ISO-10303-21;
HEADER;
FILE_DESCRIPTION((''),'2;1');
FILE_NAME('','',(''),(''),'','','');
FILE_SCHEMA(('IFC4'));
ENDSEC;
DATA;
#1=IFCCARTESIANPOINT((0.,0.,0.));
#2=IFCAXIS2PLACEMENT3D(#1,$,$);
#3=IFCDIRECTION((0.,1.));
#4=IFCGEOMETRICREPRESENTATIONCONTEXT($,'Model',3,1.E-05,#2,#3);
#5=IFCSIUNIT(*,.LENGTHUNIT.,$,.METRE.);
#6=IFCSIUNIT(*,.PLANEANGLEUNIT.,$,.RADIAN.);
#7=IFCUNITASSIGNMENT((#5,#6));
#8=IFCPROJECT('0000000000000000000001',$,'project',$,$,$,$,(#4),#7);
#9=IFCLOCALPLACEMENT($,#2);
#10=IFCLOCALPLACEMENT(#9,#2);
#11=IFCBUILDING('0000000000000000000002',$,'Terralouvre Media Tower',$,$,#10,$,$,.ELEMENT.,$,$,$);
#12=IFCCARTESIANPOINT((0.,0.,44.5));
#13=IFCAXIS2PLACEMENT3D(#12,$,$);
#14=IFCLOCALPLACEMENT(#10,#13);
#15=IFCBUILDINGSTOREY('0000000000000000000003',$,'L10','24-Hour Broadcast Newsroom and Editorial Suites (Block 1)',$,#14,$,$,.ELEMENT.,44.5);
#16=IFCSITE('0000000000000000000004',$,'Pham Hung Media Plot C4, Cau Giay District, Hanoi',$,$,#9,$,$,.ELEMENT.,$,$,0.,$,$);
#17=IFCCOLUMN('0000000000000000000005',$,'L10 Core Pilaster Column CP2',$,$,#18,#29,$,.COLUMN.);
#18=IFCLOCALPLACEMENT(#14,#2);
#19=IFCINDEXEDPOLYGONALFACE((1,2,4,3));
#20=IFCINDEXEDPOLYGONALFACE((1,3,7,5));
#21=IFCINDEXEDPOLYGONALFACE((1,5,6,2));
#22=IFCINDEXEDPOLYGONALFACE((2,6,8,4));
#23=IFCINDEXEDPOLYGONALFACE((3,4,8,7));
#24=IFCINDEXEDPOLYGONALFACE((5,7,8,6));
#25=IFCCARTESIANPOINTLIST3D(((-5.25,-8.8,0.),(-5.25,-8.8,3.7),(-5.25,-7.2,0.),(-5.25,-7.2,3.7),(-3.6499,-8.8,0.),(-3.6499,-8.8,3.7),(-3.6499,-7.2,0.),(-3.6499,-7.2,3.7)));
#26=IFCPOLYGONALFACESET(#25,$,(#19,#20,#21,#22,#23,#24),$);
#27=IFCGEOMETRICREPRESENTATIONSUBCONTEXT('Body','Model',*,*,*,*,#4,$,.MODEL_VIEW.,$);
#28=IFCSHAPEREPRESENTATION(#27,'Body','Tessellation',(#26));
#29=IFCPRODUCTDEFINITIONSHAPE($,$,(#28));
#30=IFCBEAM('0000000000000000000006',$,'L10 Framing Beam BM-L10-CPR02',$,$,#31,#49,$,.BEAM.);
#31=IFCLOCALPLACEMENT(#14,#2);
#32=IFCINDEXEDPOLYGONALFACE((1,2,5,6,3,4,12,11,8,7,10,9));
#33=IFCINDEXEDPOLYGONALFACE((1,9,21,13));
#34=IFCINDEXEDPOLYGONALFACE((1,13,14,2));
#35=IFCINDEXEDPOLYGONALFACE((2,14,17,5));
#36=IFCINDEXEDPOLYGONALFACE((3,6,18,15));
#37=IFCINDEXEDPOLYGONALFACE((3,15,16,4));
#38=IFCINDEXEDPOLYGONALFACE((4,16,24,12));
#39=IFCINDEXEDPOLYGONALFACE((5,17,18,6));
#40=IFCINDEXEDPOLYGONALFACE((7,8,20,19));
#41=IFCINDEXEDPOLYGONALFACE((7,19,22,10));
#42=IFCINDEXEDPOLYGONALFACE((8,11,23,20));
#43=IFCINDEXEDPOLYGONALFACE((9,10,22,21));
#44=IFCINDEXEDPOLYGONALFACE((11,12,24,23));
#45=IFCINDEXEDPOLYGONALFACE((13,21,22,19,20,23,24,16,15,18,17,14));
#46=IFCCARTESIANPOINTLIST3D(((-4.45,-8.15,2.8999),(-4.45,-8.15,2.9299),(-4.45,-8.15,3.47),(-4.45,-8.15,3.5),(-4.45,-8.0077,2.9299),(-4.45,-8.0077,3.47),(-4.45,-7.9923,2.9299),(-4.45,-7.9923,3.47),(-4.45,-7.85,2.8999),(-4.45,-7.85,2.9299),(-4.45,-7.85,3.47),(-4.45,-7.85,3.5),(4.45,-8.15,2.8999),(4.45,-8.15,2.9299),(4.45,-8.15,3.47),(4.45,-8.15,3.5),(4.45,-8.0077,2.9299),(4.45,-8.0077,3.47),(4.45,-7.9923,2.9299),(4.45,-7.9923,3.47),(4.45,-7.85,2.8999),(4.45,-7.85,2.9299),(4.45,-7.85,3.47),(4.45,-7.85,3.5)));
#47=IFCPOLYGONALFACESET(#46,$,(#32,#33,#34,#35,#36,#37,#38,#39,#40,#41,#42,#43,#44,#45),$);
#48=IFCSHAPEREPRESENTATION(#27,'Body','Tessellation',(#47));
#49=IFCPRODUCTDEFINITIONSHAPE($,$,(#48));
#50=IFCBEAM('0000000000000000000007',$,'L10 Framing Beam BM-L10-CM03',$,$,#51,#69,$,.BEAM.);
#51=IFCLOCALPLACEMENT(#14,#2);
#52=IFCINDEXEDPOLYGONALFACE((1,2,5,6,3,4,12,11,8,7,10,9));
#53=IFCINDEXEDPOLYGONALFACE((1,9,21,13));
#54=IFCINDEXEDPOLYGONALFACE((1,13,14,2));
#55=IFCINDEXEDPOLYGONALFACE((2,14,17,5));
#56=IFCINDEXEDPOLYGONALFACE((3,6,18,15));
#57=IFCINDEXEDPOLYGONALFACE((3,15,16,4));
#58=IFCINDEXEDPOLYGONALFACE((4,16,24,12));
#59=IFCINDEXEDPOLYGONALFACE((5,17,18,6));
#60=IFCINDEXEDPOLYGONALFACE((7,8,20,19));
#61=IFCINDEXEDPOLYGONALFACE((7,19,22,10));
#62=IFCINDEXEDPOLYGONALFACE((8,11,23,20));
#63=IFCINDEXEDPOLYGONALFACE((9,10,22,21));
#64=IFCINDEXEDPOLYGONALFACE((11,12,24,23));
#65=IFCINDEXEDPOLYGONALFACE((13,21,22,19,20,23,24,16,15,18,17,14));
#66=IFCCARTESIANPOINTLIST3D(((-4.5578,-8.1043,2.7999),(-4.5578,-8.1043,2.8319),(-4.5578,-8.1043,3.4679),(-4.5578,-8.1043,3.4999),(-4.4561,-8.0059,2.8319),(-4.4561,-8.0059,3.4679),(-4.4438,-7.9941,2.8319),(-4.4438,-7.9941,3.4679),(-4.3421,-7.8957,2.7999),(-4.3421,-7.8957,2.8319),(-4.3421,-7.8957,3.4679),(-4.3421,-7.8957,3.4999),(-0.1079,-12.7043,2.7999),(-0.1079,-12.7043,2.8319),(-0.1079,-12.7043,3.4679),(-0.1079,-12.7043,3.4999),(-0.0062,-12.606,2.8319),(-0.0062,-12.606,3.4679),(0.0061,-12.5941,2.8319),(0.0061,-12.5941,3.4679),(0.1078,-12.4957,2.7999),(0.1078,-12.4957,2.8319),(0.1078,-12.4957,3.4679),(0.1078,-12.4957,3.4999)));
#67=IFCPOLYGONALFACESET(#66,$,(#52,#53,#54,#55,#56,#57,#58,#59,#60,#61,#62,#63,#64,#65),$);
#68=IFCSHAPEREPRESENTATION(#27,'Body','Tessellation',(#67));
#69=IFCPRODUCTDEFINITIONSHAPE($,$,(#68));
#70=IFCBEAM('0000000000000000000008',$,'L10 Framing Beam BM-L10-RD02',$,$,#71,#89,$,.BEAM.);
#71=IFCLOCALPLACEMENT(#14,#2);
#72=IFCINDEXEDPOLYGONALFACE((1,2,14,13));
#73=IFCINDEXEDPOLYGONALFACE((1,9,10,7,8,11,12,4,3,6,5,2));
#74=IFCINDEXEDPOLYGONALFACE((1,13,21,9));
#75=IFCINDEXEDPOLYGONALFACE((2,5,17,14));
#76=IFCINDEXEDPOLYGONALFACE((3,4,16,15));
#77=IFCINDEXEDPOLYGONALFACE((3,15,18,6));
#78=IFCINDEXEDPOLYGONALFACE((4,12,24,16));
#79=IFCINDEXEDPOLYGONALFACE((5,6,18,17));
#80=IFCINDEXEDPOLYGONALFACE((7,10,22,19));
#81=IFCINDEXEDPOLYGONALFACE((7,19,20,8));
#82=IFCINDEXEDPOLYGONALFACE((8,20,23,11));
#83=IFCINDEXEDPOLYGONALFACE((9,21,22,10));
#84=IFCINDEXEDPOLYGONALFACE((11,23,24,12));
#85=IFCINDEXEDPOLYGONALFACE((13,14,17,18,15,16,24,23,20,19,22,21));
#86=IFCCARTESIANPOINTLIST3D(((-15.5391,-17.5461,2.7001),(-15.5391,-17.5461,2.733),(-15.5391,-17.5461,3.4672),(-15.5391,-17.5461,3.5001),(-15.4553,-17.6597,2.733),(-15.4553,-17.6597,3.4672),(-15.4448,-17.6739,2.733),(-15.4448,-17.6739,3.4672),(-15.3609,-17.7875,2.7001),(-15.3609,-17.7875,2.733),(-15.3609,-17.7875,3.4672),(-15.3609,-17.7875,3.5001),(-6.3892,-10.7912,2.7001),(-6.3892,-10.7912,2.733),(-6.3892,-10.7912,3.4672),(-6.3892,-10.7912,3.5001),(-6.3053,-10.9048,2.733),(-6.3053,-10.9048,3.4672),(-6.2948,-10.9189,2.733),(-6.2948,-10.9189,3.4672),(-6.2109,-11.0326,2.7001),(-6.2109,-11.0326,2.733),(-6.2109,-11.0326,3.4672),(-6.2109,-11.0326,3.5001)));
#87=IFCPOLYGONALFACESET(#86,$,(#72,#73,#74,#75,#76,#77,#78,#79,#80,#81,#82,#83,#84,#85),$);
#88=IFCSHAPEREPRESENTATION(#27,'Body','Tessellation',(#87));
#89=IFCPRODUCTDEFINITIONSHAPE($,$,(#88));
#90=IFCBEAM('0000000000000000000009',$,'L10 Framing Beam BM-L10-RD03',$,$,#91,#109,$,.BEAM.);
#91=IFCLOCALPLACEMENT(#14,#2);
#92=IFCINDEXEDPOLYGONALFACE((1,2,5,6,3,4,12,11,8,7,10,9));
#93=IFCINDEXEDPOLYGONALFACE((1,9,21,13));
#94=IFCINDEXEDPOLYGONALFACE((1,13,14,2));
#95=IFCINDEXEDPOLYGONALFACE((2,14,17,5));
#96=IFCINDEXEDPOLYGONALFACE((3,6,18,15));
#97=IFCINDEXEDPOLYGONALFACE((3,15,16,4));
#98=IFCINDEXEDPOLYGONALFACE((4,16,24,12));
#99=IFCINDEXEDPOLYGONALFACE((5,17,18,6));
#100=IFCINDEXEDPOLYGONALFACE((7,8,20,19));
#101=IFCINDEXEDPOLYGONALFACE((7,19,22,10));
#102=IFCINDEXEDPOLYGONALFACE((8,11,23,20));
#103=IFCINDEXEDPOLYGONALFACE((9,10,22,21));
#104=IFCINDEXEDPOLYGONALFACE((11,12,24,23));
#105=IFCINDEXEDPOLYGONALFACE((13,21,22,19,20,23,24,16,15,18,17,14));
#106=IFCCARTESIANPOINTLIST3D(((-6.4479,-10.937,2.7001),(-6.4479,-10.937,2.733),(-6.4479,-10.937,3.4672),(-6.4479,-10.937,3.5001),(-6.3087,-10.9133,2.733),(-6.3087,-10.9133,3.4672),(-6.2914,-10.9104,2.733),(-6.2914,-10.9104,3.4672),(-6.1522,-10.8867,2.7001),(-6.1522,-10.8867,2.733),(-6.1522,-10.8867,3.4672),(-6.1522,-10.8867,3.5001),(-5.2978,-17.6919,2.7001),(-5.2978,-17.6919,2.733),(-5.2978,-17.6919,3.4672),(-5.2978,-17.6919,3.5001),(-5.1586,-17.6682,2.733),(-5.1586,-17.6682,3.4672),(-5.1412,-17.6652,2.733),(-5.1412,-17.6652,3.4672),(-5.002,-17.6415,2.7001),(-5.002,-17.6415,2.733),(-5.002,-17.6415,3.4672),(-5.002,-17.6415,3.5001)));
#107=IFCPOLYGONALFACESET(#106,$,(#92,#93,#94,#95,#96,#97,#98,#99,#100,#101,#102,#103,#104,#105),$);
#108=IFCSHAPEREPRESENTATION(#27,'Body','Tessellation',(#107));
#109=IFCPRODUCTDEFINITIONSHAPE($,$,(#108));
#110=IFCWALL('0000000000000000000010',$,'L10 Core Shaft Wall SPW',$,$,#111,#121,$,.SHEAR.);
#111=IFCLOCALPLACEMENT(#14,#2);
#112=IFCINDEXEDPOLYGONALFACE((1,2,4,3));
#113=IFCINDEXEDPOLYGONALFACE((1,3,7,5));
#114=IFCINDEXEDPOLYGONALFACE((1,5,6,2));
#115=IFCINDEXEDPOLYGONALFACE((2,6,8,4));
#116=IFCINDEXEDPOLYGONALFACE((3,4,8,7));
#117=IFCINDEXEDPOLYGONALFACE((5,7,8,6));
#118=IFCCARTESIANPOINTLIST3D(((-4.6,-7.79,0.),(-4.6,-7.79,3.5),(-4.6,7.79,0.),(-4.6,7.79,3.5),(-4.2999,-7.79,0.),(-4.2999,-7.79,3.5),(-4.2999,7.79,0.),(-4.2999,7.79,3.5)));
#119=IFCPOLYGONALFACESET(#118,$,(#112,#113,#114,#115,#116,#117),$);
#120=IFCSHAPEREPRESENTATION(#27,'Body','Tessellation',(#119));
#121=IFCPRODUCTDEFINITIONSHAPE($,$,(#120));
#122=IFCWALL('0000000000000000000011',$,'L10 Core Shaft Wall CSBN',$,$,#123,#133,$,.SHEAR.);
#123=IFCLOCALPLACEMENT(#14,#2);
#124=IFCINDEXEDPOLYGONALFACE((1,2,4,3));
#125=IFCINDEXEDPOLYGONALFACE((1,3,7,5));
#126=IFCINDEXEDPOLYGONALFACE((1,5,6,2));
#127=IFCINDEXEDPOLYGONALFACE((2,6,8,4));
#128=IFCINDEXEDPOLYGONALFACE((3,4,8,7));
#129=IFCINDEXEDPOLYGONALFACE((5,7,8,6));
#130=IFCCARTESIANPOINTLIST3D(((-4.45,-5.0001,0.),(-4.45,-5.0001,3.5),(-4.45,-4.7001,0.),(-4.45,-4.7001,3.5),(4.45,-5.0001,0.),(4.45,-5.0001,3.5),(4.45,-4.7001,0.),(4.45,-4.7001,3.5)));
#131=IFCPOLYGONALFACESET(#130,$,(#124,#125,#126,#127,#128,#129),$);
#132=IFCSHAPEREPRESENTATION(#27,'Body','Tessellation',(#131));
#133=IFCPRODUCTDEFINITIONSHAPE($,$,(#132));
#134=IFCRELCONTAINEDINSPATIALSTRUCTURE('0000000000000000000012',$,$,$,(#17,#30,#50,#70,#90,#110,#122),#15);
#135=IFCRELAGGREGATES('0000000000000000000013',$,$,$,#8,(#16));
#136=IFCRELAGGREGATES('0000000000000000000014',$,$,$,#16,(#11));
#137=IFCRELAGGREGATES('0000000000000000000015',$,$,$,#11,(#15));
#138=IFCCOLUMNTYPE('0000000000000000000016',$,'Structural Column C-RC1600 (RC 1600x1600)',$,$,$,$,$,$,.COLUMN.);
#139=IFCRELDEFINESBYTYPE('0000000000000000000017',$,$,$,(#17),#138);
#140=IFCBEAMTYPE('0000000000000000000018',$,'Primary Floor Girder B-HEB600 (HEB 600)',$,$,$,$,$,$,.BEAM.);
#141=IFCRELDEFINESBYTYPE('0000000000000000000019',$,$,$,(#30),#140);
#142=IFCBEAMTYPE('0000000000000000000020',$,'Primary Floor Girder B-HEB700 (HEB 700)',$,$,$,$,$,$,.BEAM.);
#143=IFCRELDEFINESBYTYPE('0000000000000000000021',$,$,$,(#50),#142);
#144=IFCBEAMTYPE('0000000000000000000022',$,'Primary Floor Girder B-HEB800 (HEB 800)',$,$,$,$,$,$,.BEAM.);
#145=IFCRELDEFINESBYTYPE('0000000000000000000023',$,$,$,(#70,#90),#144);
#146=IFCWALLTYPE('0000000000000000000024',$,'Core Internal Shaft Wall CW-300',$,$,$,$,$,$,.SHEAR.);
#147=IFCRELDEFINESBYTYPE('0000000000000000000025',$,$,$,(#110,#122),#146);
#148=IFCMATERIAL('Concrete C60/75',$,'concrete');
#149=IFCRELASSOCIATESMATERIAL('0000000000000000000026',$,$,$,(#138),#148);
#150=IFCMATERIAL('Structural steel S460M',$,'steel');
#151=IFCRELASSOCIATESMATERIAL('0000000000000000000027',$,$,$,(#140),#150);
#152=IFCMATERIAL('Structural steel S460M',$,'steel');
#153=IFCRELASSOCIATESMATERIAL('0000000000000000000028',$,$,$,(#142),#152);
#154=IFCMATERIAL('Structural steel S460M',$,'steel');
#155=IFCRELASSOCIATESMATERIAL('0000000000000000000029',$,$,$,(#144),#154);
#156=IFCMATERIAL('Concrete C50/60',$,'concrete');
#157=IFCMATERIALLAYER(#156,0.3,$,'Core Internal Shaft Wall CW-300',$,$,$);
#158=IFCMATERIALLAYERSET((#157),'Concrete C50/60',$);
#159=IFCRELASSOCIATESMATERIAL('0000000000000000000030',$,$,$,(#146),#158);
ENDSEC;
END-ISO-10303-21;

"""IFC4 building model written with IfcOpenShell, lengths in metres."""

from ifc_helpers import new_model, si_unit, direction, frame, frame_2d, origin, origin_2d, place, context, subcontext, project, spatial, rectangle, i_section, extrude, material, layer, layer_set, material_profile, profile_set, type_object, element, save


model = new_model("IFC4")

# Units and contexts
model_context = context("Model", 3, precision=1e-05, world=origin(), true_north=direction((0.0, 1.0)))
body_context = subcontext(model_context, "Body", "Model", "MODEL_VIEW")
ifc_project = project(units=[si_unit("LENGTHUNIT", "METRE"), si_unit("PLANEANGLEUNIT", "RADIAN")], contexts=[model_context])

# Site, building, storey
site_placement = place(None, origin())
site = spatial("IfcSite", under=ifc_project, at=site_placement, Name="Pham Hung Media Plot C4, Cau Giay District, Hanoi", CompositionType="ELEMENT", RefElevation=0.0)
building_placement = place(site_placement, origin())
building = spatial("IfcBuilding", under=site, at=building_placement, Name="Terralouvre Media Tower", CompositionType="ELEMENT")
storey_placement = place(building_placement, frame((0.0, 0.0, 44.5)))
storey = spatial("IfcBuildingStorey", under=building, at=storey_placement, Name="L10", Description="24-Hour Broadcast Newsroom and Editorial Suites (Block 1)", CompositionType="ELEMENT", Elevation=44.5)

# Column
ifc_material_1 = material(Name="Concrete C60/75", Category="concrete")
ifc_material_profile_1 = material_profile(ifc_material_1, rectangle(XDim=1.6001, YDim=1.6001, at=origin_2d()), Name="RC 1600x1600")
ifc_profile_set_1 = profile_set([ifc_material_profile_1], Name="Concrete C60/75")
column_type = type_object("IfcColumnType", Name="Structural Column C-RC1600 (RC 1600x1600)", PredefinedType="COLUMN", material=ifc_profile_set_1)
column_placement = place(storey_placement, frame((-4.45, -8.0, 0.0), z_axis=(0.0, 0.0, 1.0), x_axis=(1.0, 0.0, 0.0)))
element("IfcColumn", 1, at=column_placement, inside=storey, type_object=column_type, Name="L10 Core Pilaster Column CP2", PredefinedType="COLUMN", context=body_context, shape_type="SweptSolid", body=[
    extrude(rectangle(XDim=1.6001, YDim=1.6001, at=origin_2d()), origin(), (0.0, 0.0, 1.0), 3.7),
])

# Beams
ifc_material_2 = material(Name="Structural steel S460M", Category="steel")
ifc_material_profile_2 = material_profile(ifc_material_2, i_section(OverallWidth=0.3, OverallDepth=0.6001, WebThickness=0.0154, FlangeThickness=0.03, at=origin_2d()), Name="HEB 600")
ifc_profile_set_2 = profile_set([ifc_material_profile_2], Name="Structural steel S460M")
beam_type_1 = type_object("IfcBeamType", Name="Primary Floor Girder B-HEB600 (HEB 600)", PredefinedType="BEAM", material=ifc_profile_set_2)
beam_1_placement = place(storey_placement, frame((-4.45, -8.0, 3.2), z_axis=(1.0, 0.0, 0.0), x_axis=(0.0, 1.0, 0.0)))
element("IfcBeam", 2, at=beam_1_placement, inside=storey, type_object=beam_type_1, Name="L10 Framing Beam BM-L10-CPR02", PredefinedType="BEAM", context=body_context, shape_type="SweptSolid", body=[
    extrude(i_section(OverallWidth=0.3, OverallDepth=0.6001, WebThickness=0.0154, FlangeThickness=0.03, at=origin_2d()), origin(), (0.0, 0.0, 1.0), 8.8999),
])
ifc_material_3 = material(Name="Structural steel S460M", Category="steel")
ifc_material_profile_3 = material_profile(ifc_material_3, i_section(OverallWidth=0.3, OverallDepth=0.7, WebThickness=0.0171, FlangeThickness=0.032, at=origin_2d()), Name="HEB 700")
ifc_profile_set_3 = profile_set([ifc_material_profile_3], Name="Structural steel S460M")
beam_type_2 = type_object("IfcBeamType", Name="Primary Floor Girder B-HEB700 (HEB 700)", PredefinedType="BEAM", material=ifc_profile_set_3)
beam_2_placement = place(storey_placement, frame((-4.45, -8.0, 3.1499), z_axis=(0.69528, -0.718739, 0.0), x_axis=(0.718739, 0.69528, 0.0)))
element("IfcBeam", 3, at=beam_2_placement, inside=storey, type_object=beam_type_2, Name="L10 Framing Beam BM-L10-CM03", PredefinedType="BEAM", context=body_context, shape_type="SweptSolid", body=[
    extrude(i_section(OverallWidth=0.3, OverallDepth=0.7, WebThickness=0.0171, FlangeThickness=0.032, at=origin_2d()), origin(), (0.0, 0.0, 1.0), 6.4001),
])
ifc_material_4 = material(Name="Structural steel S460M", Category="steel")
ifc_material_profile_4 = material_profile(ifc_material_4, i_section(OverallWidth=0.3, OverallDepth=0.8, WebThickness=0.0176, FlangeThickness=0.033, at=origin_2d()), Name="HEB 800")
ifc_profile_set_4 = profile_set([ifc_material_profile_4], Name="Structural steel S460M")
beam_type_3 = type_object("IfcBeamType", Name="Primary Floor Girder B-HEB800 (HEB 800)", PredefinedType="BEAM", material=ifc_profile_set_4)
beam_3_placement = place(storey_placement, frame((-6.3, -10.9119, 3.1001), z_axis=(-0.804516, -0.593931, 0.0), x_axis=(0.593931, -0.804516, 0.0)))
element("IfcBeam", 4, at=beam_3_placement, inside=storey, type_object=beam_type_3, Name="L10 Framing Beam BM-L10-RD02", PredefinedType="BEAM", context=body_context, shape_type="SweptSolid", body=[
    extrude(i_section(OverallWidth=0.3, OverallDepth=0.8, WebThickness=0.0176, FlangeThickness=0.033, at=origin_2d()), origin(), (0.0, 0.0, 1.0), 11.3733),
])
beam_4_placement = place(storey_placement, frame((-6.3, -10.9119, 3.1001), z_axis=(0.167853, -0.985812, 0.0), x_axis=(0.985812, 0.167853, 0.0)))
element("IfcBeam", 5, at=beam_4_placement, inside=storey, type_object=beam_type_3, Name="L10 Framing Beam BM-L10-RD03", PredefinedType="BEAM", context=body_context, shape_type="SweptSolid", body=[
    extrude(i_section(OverallWidth=0.3, OverallDepth=0.8, WebThickness=0.0176, FlangeThickness=0.033, at=origin_2d()), origin(), (0.0, 0.0, 1.0), 6.8521),
])

# Walls
ifc_material_5 = material(Name="Concrete C50/60", Category="concrete")
ifc_layer_1 = layer(ifc_material_5, 0.3, Name="Core Internal Shaft Wall CW-300")
ifc_layer_set_1 = layer_set([ifc_layer_1], Name="Concrete C50/60")
wall_type_1 = type_object("IfcWallType", Name="Core Internal Shaft Wall CW-300", PredefinedType="SHEAR", material=ifc_layer_set_1)
wall_1_placement = place(storey_placement, frame((-4.45, -7.79, 0.0), z_axis=(0.0, 0.0, 1.0), x_axis=(0.0, 1.0, 0.0)))
element("IfcWall", 6, at=wall_1_placement, inside=storey, type_object=wall_type_1, Name="L10 Core Shaft Wall SPW", PredefinedType="SHEAR", context=body_context, shape_type="SweptSolid", body=[
    extrude(rectangle(XDim=15.5801, YDim=0.3, at=frame_2d((7.79, 0.0))), origin(), (0.0, 0.0, 1.0), 3.5),
])
wall_2_placement = place(storey_placement, frame((-4.45, -4.8501, 0.0), z_axis=(0.0, 0.0, 1.0), x_axis=(1.0, 0.0, 0.0)))
element("IfcWall", 7, at=wall_2_placement, inside=storey, type_object=wall_type_1, Name="L10 Core Shaft Wall CSBN", PredefinedType="SHEAR", context=body_context, shape_type="SweptSolid", body=[
    extrude(rectangle(XDim=8.8999, YDim=0.3, at=frame_2d((4.45, 0.0))), origin(), (0.0, 0.0, 1.0), 3.5),
])

save(model, "model.ifc")
